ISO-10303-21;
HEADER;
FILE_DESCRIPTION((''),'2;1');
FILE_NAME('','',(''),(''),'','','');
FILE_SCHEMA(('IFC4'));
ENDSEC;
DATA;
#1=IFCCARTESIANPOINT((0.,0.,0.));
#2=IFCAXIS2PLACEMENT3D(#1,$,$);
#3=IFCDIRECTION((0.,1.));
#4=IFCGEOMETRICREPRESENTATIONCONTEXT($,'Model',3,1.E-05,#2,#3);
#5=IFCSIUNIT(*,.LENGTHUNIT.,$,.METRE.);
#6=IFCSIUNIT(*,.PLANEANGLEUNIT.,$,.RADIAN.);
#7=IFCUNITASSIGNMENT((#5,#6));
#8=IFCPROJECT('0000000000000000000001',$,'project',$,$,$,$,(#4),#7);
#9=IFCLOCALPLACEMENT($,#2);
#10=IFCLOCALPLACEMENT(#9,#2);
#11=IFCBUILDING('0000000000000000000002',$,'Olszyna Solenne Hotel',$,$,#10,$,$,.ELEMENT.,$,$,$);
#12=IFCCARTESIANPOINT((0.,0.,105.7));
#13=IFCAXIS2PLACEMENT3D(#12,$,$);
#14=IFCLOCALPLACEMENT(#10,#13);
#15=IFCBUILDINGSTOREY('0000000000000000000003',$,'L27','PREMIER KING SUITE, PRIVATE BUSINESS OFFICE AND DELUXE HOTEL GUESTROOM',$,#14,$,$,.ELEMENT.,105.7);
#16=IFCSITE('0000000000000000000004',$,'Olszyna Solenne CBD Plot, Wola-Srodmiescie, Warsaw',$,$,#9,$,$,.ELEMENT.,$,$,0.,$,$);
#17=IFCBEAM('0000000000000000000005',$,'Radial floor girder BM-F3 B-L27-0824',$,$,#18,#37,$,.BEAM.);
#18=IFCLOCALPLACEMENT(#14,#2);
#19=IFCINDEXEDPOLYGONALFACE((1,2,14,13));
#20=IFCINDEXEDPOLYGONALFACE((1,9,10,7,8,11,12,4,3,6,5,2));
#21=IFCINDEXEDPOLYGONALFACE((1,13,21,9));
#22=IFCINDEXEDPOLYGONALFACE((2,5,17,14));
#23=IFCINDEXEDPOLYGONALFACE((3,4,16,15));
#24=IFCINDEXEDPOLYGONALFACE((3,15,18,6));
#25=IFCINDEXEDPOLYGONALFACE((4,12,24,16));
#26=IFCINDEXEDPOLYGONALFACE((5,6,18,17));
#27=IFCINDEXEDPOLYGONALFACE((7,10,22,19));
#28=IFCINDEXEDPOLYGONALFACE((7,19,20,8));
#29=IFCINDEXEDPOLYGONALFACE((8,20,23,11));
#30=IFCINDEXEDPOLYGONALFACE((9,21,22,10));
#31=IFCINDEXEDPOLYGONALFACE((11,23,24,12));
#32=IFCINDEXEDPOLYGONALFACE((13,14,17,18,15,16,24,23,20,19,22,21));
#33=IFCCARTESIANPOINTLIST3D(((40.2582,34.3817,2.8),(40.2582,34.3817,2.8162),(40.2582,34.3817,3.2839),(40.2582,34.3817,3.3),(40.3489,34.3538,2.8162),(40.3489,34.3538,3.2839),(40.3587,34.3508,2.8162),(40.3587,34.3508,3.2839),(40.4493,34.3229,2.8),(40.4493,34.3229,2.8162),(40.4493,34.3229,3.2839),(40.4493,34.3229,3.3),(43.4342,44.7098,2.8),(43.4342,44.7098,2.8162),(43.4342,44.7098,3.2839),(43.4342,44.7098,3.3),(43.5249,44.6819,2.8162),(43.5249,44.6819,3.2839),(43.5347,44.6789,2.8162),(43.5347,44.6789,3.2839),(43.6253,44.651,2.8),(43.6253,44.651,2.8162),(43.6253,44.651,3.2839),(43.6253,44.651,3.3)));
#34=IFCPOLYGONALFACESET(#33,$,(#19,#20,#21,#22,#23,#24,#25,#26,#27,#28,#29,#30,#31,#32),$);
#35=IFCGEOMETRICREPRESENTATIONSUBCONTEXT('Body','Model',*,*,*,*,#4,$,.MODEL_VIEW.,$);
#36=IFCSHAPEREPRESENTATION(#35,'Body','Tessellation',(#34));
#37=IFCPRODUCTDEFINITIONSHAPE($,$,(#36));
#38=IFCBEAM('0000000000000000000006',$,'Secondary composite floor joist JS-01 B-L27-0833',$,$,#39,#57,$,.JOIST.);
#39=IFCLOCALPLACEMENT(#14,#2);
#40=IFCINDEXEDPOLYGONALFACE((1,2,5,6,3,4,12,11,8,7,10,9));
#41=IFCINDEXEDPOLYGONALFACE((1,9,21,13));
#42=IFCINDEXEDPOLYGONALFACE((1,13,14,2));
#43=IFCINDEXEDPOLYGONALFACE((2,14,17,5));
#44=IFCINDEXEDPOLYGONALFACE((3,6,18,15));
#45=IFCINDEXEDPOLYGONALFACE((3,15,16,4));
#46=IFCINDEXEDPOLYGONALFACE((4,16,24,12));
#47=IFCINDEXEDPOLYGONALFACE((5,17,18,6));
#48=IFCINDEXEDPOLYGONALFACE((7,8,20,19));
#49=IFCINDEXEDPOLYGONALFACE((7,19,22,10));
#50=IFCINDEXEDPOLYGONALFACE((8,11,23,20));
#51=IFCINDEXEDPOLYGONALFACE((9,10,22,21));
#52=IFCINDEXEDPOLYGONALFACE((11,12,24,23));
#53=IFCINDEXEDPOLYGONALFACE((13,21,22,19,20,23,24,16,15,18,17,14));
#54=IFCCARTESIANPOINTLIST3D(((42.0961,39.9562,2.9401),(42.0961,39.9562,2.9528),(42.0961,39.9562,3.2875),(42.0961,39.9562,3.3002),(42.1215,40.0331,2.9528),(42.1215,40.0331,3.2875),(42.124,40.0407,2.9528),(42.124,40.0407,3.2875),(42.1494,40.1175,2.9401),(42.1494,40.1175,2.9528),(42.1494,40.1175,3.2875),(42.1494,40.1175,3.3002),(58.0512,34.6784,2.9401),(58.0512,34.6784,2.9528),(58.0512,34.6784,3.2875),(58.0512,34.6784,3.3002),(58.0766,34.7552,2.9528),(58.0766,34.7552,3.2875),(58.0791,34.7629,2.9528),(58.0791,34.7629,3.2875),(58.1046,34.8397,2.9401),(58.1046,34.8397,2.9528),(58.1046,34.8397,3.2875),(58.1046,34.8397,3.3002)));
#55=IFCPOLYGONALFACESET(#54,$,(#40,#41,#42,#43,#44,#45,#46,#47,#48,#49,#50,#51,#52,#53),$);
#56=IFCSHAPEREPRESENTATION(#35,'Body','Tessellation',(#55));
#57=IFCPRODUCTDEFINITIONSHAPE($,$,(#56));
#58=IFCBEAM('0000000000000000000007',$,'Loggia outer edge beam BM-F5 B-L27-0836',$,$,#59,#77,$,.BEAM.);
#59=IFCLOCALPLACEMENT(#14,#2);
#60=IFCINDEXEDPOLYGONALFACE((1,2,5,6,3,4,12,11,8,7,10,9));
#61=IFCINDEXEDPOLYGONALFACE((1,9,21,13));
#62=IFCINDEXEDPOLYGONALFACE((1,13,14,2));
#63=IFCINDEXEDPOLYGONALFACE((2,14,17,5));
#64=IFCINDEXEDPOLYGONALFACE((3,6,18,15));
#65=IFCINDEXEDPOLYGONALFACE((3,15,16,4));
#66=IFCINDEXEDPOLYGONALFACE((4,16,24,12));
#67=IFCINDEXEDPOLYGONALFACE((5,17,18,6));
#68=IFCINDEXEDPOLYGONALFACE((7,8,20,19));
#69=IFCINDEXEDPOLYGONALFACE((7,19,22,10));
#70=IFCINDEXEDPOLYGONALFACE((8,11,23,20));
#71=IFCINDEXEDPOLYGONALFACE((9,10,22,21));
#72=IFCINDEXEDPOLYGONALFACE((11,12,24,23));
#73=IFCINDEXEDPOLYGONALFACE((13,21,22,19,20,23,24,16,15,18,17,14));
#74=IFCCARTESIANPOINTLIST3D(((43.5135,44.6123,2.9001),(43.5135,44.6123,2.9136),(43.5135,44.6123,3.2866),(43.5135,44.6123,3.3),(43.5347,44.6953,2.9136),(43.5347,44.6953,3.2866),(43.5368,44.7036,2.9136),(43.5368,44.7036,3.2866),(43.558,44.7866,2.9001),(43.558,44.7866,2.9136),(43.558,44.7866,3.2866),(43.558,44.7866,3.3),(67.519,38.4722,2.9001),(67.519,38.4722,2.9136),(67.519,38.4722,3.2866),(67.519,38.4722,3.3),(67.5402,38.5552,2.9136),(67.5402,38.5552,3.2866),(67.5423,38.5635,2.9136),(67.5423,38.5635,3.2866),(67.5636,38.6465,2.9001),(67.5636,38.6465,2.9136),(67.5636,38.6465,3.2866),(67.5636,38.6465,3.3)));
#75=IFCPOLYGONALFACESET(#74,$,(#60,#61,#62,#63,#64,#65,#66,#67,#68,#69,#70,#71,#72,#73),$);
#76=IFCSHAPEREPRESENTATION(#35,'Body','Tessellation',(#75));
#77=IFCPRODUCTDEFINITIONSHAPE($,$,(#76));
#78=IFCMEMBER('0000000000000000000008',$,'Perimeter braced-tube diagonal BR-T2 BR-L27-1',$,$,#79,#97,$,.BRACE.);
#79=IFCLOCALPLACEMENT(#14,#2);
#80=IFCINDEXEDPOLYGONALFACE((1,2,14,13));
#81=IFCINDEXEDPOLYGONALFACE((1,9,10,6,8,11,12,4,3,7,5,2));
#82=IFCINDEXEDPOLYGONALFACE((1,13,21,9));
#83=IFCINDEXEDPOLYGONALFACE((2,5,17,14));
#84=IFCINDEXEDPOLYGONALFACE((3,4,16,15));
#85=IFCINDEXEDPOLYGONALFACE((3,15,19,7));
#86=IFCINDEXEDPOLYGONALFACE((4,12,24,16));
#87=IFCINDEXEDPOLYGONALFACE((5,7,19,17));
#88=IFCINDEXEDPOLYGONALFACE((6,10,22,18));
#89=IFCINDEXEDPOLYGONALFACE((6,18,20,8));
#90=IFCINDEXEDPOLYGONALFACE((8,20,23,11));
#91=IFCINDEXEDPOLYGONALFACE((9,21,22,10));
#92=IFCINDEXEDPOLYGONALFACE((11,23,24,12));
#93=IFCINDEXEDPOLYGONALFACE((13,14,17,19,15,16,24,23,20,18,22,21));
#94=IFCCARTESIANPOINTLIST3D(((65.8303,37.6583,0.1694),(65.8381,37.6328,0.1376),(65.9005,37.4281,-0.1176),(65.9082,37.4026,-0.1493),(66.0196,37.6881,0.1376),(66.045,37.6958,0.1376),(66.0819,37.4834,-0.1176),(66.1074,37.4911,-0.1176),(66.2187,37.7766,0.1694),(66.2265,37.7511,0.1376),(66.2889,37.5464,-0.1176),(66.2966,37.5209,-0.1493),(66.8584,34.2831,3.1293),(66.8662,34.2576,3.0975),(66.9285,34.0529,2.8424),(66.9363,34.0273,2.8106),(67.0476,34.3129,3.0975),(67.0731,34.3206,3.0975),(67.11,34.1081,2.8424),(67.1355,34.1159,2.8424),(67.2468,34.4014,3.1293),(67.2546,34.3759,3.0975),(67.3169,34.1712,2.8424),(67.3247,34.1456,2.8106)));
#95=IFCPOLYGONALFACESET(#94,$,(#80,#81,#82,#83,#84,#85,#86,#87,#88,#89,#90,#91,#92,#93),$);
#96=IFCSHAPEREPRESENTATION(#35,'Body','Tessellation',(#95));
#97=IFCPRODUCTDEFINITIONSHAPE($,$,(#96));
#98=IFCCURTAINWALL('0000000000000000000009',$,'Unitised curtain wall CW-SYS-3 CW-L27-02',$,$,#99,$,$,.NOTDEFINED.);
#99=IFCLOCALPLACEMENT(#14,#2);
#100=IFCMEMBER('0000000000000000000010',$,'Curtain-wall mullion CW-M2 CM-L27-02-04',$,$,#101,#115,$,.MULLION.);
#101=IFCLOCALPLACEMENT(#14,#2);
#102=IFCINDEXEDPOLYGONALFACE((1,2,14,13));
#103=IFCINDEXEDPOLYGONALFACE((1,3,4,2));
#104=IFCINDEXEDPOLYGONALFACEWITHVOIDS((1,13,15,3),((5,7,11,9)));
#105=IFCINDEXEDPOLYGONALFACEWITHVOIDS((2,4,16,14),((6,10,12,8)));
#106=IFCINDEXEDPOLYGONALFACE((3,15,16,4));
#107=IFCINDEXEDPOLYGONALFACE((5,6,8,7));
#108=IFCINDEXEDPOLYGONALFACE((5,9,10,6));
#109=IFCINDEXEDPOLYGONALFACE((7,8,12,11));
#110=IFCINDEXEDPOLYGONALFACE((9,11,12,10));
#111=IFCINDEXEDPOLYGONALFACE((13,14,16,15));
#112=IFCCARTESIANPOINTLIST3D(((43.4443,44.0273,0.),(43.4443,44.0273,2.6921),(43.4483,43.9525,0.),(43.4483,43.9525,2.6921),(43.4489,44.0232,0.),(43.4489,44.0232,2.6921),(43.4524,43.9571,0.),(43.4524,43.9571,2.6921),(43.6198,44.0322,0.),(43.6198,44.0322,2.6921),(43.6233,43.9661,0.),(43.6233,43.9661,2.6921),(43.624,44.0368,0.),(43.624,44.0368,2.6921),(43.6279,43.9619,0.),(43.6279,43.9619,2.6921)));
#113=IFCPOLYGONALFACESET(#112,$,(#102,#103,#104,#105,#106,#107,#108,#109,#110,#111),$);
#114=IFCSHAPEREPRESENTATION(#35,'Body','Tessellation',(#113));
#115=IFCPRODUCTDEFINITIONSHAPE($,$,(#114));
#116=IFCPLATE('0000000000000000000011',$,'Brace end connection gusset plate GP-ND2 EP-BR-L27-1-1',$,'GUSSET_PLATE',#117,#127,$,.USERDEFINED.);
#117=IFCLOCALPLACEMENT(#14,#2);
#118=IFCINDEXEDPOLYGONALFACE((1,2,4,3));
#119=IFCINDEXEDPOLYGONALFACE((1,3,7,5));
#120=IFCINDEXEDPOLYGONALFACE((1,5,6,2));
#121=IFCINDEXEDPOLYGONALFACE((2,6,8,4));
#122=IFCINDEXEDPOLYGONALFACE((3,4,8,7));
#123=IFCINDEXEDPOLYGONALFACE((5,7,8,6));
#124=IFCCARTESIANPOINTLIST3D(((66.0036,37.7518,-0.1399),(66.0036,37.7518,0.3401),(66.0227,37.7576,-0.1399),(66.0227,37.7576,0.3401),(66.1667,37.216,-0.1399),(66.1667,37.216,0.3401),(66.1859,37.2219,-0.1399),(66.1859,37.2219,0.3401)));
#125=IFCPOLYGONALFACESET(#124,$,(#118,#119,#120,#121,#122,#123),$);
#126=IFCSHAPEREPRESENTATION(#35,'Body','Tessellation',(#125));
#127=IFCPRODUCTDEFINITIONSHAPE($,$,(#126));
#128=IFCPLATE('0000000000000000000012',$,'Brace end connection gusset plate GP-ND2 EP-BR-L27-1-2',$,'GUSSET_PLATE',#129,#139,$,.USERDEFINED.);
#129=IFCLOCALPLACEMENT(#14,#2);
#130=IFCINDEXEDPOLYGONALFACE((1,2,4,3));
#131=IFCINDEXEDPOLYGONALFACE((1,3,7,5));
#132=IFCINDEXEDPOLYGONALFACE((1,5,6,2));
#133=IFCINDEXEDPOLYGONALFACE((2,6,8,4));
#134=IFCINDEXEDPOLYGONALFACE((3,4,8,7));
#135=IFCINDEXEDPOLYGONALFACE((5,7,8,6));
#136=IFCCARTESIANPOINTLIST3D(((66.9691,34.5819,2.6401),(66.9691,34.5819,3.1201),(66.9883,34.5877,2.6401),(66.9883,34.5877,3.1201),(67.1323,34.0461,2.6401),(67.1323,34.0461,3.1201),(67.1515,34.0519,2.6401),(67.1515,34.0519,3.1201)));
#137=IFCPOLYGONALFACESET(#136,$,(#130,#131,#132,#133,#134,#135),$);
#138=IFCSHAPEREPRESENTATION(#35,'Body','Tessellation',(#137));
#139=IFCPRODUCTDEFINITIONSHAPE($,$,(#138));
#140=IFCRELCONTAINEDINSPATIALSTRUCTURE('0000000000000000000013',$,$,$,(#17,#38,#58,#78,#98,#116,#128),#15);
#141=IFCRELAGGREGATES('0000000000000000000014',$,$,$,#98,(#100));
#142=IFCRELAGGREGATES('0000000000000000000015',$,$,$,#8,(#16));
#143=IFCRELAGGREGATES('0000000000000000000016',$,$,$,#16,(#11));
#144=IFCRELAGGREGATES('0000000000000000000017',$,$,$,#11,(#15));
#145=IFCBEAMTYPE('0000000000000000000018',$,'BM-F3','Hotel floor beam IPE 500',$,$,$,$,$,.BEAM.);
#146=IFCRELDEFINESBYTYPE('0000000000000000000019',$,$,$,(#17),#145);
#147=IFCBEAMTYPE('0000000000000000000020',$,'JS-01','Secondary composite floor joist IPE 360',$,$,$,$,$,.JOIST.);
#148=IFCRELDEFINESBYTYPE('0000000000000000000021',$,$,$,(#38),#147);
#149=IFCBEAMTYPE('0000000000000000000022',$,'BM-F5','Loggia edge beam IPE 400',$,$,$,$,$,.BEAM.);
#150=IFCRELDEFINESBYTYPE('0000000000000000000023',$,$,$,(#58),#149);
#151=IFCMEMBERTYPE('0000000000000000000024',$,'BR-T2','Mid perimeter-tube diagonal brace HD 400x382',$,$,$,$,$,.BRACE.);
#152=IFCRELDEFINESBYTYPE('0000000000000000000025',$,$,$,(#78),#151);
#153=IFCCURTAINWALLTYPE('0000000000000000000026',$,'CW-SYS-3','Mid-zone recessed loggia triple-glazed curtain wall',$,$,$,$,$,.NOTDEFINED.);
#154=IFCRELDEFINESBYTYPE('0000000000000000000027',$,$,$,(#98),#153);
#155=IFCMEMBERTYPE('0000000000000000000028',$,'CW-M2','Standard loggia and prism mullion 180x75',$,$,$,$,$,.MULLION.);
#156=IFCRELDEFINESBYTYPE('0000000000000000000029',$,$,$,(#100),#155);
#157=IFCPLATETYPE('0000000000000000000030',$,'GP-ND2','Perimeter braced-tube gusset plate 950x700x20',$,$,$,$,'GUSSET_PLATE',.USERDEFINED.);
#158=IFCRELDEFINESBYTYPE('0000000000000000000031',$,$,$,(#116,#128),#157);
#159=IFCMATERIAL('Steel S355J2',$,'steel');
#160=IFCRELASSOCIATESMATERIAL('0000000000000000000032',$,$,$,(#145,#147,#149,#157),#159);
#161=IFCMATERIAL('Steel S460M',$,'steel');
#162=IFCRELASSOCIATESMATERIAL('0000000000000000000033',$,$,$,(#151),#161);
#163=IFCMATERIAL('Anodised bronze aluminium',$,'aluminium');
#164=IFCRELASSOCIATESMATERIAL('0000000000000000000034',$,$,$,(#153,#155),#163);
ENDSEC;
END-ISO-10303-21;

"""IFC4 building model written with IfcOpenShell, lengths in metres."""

from ifc_helpers import new_model, si_unit, direction, frame, origin, origin_2d, place, context, subcontext, project, spatial, rectangle, hollow_rectangle, i_section, extrude, source, transform, mapped, material, material_profile, profile_set, type_object, element, aggregate, save


model = new_model("IFC4")

# Units and contexts
model_context = context("Model", 3, precision=1e-05, world=origin(), true_north=direction((0.0, 1.0)))
body_context = subcontext(model_context, "Body", "Model", "MODEL_VIEW")
ifc_project = project(units=[si_unit("LENGTHUNIT", "METRE"), si_unit("PLANEANGLEUNIT", "RADIAN")], contexts=[model_context])

# Site, building, storey
site_placement = place(None, origin())
site = spatial("IfcSite", under=ifc_project, at=site_placement, Name="Olszyna Solenne CBD Plot, Wola-Srodmiescie, Warsaw", CompositionType="ELEMENT", RefElevation=0.0)
building_placement = place(site_placement, origin())
building = spatial("IfcBuilding", under=site, at=building_placement, Name="Olszyna Solenne Hotel", CompositionType="ELEMENT")
storey_placement = place(building_placement, frame((0.0, 0.0, 105.7)))
storey = spatial("IfcBuildingStorey", under=building, at=storey_placement, Name="L27", Description="PREMIER KING SUITE, PRIVATE BUSINESS OFFICE AND DELUXE HOTEL GUESTROOM", CompositionType="ELEMENT", Elevation=105.7)

# Shared definitions
ifc_material_1 = material(Name="Steel S460M", Category="steel")

# Beams
ifc_material_2 = material(Name="Steel S355J2", Category="steel")
ifc_material_profile_1 = material_profile(ifc_material_2, i_section(OverallWidth=0.2, OverallDepth=0.5, WebThickness=0.0103, FlangeThickness=0.0161, at=origin_2d()), Name="IPE 500", Category="load-bearing")
ifc_profile_set_1 = profile_set([ifc_material_profile_1], Name="Steel S355J2")
beam_type_1 = type_object("IfcBeamType", Name="BM-F3", Description="Hotel floor beam IPE 500", PredefinedType="BEAM", material=ifc_profile_set_1)
shared_shape_1 = source(origin(), body_context, "Body", "SweptSolid", [
    extrude(i_section(OverallWidth=0.2, OverallDepth=0.5, WebThickness=0.0103, FlangeThickness=0.0161, at=origin_2d()), origin(), (0.0, 0.0, 1.0), 10.8054),
])
beam_1_placement = place(storey_placement, frame((43.5298, 44.6804, 3.05), z_axis=(-0.293929, -0.955827, 0.0), x_axis=(0.955827, -0.293929, 0.0)))
element("IfcBeam", 1, at=beam_1_placement, inside=storey, type_object=beam_type_1, Name="Radial floor girder BM-F3 B-L27-0824", PredefinedType="BEAM", context=body_context, shape_type="MappedRepresentation", body=[
    mapped(shared_shape_1, transform((0.0, 0.0, 0.0), x_axis=(1.0, 0.0, 0.0), y_axis=(0.0, 1.0, 0.0), z_axis=(0.0, 0.0, 1.0), scale=1.0)),
])
ifc_material_profile_2 = material_profile(ifc_material_2, i_section(OverallWidth=0.1699, OverallDepth=0.3601, WebThickness=0.0081, FlangeThickness=0.0127, at=origin_2d()), Name="IPE 360", Category="load-bearing")
ifc_profile_set_2 = profile_set([ifc_material_profile_2], Name="Steel S355J2")
beam_type_2 = type_object("IfcBeamType", Name="JS-01", Description="Secondary composite floor joist IPE 360", PredefinedType="JOIST", material=ifc_profile_set_2)
shared_shape_2 = source(origin(), body_context, "Body", "SweptSolid", [
    extrude(i_section(OverallWidth=0.1699, OverallDepth=0.3601, WebThickness=0.0081, FlangeThickness=0.0127, at=origin_2d()), origin(), (0.0, 0.0, 1.0), 16.8054),
])
beam_2_placement = place(storey_placement, frame((58.0779, 34.759, 3.1201), z_axis=(-0.949404, 0.314057, 0.0), x_axis=(-0.314057, -0.949404, 0.0)))
element("IfcBeam", 2, at=beam_2_placement, inside=storey, type_object=beam_type_2, Name="Secondary composite floor joist JS-01 B-L27-0833", PredefinedType="JOIST", context=body_context, shape_type="MappedRepresentation", body=[
    mapped(shared_shape_2, transform((0.0, 0.0, 0.0), x_axis=(1.0, 0.0, 0.0), y_axis=(0.0, 1.0, 0.0), z_axis=(0.0, 0.0, 1.0), scale=1.0)),
])
ifc_material_profile_3 = material_profile(ifc_material_2, i_section(OverallWidth=0.1799, OverallDepth=0.3999, WebThickness=0.0085, FlangeThickness=0.0134, at=origin_2d()), Name="IPE 400", Category="load-bearing")
ifc_profile_set_3 = profile_set([ifc_material_profile_3], Name="Steel S355J2")
beam_type_3 = type_object("IfcBeamType", Name="BM-F5", Description="Loggia edge beam IPE 400", PredefinedType="BEAM", material=ifc_profile_set_3)
shared_shape_3 = source(origin(), body_context, "Body", "SweptSolid", [
    extrude(i_section(OverallWidth=0.1799, OverallDepth=0.3999, WebThickness=0.0085, FlangeThickness=0.0134, at=origin_2d()), origin(), (0.0, 0.0, 1.0), 24.7783),
])
beam_3_placement = place(storey_placement, frame((67.5413, 38.5593, 3.1001), z_axis=(-0.968811, 0.247802, 0.0), x_axis=(-0.247802, -0.968811, 0.0)))
element("IfcBeam", 3, at=beam_3_placement, inside=storey, type_object=beam_type_3, Name="Loggia outer edge beam BM-F5 B-L27-0836", PredefinedType="BEAM", context=body_context, shape_type="MappedRepresentation", body=[
    mapped(shared_shape_3, transform((0.0, 0.0, 0.0), x_axis=(1.0, 0.0, 0.0), y_axis=(0.0, 1.0, 0.0), z_axis=(0.0, 0.0, 1.0), scale=1.0)),
])

# Member
ifc_material_profile_4 = material_profile(ifc_material_1, i_section(OverallWidth=0.406, OverallDepth=0.416, WebThickness=0.0266, FlangeThickness=0.0415, at=origin_2d()), Name="HD 400x382", Category="load-bearing")
ifc_profile_set_4 = profile_set([ifc_material_profile_4], Name="Steel S460M")
member_type_1 = type_object("IfcMemberType", Name="BR-T2", Description="Mid perimeter-tube diagonal brace HD 400x382", PredefinedType="BRACE", material=ifc_profile_set_4)
shared_shape_4 = source(origin(), body_context, "Body", "SweptSolid", [
    extrude(i_section(OverallWidth=0.406, OverallDepth=0.416, WebThickness=0.0266, FlangeThickness=0.0415, at=origin_2d()), origin(), (0.0, 0.0, 1.0), 4.6055),
])
member_1_placement = place(storey_placement, frame((66.0635, 37.5896, 0.01), z_axis=(0.223228, -0.732873, 0.642702), x_axis=(0.956608, 0.291376, 0.0)))
element("IfcMember", 4, at=member_1_placement, inside=storey, type_object=member_type_1, Name="Perimeter braced-tube diagonal BR-T2 BR-L27-1", PredefinedType="BRACE", context=body_context, shape_type="MappedRepresentation", body=[
    mapped(shared_shape_4, transform((0.0, 0.0, 0.0), x_axis=(1.0, 0.0, 0.0), y_axis=(0.0, 1.0, 0.0), z_axis=(0.0, 0.0, 1.0), scale=1.0)),
])

# Curtain wall, member
ifc_material_3 = material(Name="Anodised bronze aluminium", Category="aluminium")
curtain_wall_type = type_object("IfcCurtainWallType", Name="CW-SYS-3", Description="Mid-zone recessed loggia triple-glazed curtain wall", PredefinedType="NOTDEFINED", material=ifc_material_3)
curtain_wall_placement = place(storey_placement, origin())
curtain_wall = element("IfcCurtainWall", 5, at=curtain_wall_placement, inside=storey, type_object=curtain_wall_type, Name="Unitised curtain wall CW-SYS-3 CW-L27-02", PredefinedType="NOTDEFINED")
ifc_material_profile_5 = material_profile(ifc_material_3, hollow_rectangle(XDim=0.075, YDim=0.1799, WallThickness=0.0044, at=origin_2d()), Name="MULL 180x75x4.5", Category="load-bearing")
ifc_profile_set_5 = profile_set([ifc_material_profile_5], Name="Anodised bronze aluminium")
member_type_2 = type_object("IfcMemberType", Name="CW-M2", Description="Standard loggia and prism mullion 180x75", PredefinedType="MULLION", material=ifc_profile_set_5)
shared_shape_5 = source(origin(), body_context, "Body", "SweptSolid", [
    extrude(hollow_rectangle(XDim=0.075, YDim=0.1799, WallThickness=0.0044, at=origin_2d()), origin(), (0.0, 0.0, 1.0), 2.6921),
])
member_2_placement = place(storey_placement, frame((43.5361, 43.9946, 0.0), z_axis=(0.0, 0.0, 1.0), x_axis=(-0.052483, 0.998622, 0.0)))
member_2 = element("IfcMember", 6, at=member_2_placement, type_object=member_type_2, Name="Curtain-wall mullion CW-M2 CM-L27-02-04", PredefinedType="MULLION", context=body_context, shape_type="MappedRepresentation", body=[
    mapped(shared_shape_5, transform((0.0, 0.0, 0.0), x_axis=(1.0, 0.0, 0.0), y_axis=(0.0, 1.0, 0.0), z_axis=(0.0, 0.0, 1.0), scale=1.0)),
])
aggregate(curtain_wall, [member_2])

# Plates
plate_type = type_object("IfcPlateType", Name="GP-ND2", Description="Perimeter braced-tube gusset plate 950x700x20", ElementType="GUSSET_PLATE", PredefinedType="USERDEFINED", material=ifc_material_2)
shared_shape_6 = source(origin(), body_context, "Body", "SweptSolid", [
    extrude(rectangle(XDim=0.5601, YDim=0.02, at=origin_2d()), origin(), (0.0, 0.0, 1.0), 0.48),
])
for number, where, z_axis, x_axis, name in (
    (7, (66.0947, 37.4868, -0.1399), (0.0, 0.0, 1.0), (0.29137, -0.95661, 0.0), "Brace end connection gusset plate GP-ND2 EP-BR-L27-1-1"),
    (8, (67.0603, 34.3169, 2.6401), (0.0, 0.0, 1.0), (0.29137, -0.95661, 0.0), "Brace end connection gusset plate GP-ND2 EP-BR-L27-1-2"),
):
    element("IfcPlate", number, at=place(storey_placement, frame(where, z_axis=z_axis, x_axis=x_axis)), inside=storey, type_object=plate_type, Name=name, ObjectType="GUSSET_PLATE", PredefinedType="USERDEFINED", context=body_context, shape_type="MappedRepresentation", body=[
        mapped(shared_shape_6, transform((0.0, 0.0, 0.0), x_axis=(1.0, 0.0, 0.0), y_axis=(0.0, 1.0, 0.0), z_axis=(0.0, 0.0, 1.0), scale=1.0)),
    ])

save(model, "model.ifc")
